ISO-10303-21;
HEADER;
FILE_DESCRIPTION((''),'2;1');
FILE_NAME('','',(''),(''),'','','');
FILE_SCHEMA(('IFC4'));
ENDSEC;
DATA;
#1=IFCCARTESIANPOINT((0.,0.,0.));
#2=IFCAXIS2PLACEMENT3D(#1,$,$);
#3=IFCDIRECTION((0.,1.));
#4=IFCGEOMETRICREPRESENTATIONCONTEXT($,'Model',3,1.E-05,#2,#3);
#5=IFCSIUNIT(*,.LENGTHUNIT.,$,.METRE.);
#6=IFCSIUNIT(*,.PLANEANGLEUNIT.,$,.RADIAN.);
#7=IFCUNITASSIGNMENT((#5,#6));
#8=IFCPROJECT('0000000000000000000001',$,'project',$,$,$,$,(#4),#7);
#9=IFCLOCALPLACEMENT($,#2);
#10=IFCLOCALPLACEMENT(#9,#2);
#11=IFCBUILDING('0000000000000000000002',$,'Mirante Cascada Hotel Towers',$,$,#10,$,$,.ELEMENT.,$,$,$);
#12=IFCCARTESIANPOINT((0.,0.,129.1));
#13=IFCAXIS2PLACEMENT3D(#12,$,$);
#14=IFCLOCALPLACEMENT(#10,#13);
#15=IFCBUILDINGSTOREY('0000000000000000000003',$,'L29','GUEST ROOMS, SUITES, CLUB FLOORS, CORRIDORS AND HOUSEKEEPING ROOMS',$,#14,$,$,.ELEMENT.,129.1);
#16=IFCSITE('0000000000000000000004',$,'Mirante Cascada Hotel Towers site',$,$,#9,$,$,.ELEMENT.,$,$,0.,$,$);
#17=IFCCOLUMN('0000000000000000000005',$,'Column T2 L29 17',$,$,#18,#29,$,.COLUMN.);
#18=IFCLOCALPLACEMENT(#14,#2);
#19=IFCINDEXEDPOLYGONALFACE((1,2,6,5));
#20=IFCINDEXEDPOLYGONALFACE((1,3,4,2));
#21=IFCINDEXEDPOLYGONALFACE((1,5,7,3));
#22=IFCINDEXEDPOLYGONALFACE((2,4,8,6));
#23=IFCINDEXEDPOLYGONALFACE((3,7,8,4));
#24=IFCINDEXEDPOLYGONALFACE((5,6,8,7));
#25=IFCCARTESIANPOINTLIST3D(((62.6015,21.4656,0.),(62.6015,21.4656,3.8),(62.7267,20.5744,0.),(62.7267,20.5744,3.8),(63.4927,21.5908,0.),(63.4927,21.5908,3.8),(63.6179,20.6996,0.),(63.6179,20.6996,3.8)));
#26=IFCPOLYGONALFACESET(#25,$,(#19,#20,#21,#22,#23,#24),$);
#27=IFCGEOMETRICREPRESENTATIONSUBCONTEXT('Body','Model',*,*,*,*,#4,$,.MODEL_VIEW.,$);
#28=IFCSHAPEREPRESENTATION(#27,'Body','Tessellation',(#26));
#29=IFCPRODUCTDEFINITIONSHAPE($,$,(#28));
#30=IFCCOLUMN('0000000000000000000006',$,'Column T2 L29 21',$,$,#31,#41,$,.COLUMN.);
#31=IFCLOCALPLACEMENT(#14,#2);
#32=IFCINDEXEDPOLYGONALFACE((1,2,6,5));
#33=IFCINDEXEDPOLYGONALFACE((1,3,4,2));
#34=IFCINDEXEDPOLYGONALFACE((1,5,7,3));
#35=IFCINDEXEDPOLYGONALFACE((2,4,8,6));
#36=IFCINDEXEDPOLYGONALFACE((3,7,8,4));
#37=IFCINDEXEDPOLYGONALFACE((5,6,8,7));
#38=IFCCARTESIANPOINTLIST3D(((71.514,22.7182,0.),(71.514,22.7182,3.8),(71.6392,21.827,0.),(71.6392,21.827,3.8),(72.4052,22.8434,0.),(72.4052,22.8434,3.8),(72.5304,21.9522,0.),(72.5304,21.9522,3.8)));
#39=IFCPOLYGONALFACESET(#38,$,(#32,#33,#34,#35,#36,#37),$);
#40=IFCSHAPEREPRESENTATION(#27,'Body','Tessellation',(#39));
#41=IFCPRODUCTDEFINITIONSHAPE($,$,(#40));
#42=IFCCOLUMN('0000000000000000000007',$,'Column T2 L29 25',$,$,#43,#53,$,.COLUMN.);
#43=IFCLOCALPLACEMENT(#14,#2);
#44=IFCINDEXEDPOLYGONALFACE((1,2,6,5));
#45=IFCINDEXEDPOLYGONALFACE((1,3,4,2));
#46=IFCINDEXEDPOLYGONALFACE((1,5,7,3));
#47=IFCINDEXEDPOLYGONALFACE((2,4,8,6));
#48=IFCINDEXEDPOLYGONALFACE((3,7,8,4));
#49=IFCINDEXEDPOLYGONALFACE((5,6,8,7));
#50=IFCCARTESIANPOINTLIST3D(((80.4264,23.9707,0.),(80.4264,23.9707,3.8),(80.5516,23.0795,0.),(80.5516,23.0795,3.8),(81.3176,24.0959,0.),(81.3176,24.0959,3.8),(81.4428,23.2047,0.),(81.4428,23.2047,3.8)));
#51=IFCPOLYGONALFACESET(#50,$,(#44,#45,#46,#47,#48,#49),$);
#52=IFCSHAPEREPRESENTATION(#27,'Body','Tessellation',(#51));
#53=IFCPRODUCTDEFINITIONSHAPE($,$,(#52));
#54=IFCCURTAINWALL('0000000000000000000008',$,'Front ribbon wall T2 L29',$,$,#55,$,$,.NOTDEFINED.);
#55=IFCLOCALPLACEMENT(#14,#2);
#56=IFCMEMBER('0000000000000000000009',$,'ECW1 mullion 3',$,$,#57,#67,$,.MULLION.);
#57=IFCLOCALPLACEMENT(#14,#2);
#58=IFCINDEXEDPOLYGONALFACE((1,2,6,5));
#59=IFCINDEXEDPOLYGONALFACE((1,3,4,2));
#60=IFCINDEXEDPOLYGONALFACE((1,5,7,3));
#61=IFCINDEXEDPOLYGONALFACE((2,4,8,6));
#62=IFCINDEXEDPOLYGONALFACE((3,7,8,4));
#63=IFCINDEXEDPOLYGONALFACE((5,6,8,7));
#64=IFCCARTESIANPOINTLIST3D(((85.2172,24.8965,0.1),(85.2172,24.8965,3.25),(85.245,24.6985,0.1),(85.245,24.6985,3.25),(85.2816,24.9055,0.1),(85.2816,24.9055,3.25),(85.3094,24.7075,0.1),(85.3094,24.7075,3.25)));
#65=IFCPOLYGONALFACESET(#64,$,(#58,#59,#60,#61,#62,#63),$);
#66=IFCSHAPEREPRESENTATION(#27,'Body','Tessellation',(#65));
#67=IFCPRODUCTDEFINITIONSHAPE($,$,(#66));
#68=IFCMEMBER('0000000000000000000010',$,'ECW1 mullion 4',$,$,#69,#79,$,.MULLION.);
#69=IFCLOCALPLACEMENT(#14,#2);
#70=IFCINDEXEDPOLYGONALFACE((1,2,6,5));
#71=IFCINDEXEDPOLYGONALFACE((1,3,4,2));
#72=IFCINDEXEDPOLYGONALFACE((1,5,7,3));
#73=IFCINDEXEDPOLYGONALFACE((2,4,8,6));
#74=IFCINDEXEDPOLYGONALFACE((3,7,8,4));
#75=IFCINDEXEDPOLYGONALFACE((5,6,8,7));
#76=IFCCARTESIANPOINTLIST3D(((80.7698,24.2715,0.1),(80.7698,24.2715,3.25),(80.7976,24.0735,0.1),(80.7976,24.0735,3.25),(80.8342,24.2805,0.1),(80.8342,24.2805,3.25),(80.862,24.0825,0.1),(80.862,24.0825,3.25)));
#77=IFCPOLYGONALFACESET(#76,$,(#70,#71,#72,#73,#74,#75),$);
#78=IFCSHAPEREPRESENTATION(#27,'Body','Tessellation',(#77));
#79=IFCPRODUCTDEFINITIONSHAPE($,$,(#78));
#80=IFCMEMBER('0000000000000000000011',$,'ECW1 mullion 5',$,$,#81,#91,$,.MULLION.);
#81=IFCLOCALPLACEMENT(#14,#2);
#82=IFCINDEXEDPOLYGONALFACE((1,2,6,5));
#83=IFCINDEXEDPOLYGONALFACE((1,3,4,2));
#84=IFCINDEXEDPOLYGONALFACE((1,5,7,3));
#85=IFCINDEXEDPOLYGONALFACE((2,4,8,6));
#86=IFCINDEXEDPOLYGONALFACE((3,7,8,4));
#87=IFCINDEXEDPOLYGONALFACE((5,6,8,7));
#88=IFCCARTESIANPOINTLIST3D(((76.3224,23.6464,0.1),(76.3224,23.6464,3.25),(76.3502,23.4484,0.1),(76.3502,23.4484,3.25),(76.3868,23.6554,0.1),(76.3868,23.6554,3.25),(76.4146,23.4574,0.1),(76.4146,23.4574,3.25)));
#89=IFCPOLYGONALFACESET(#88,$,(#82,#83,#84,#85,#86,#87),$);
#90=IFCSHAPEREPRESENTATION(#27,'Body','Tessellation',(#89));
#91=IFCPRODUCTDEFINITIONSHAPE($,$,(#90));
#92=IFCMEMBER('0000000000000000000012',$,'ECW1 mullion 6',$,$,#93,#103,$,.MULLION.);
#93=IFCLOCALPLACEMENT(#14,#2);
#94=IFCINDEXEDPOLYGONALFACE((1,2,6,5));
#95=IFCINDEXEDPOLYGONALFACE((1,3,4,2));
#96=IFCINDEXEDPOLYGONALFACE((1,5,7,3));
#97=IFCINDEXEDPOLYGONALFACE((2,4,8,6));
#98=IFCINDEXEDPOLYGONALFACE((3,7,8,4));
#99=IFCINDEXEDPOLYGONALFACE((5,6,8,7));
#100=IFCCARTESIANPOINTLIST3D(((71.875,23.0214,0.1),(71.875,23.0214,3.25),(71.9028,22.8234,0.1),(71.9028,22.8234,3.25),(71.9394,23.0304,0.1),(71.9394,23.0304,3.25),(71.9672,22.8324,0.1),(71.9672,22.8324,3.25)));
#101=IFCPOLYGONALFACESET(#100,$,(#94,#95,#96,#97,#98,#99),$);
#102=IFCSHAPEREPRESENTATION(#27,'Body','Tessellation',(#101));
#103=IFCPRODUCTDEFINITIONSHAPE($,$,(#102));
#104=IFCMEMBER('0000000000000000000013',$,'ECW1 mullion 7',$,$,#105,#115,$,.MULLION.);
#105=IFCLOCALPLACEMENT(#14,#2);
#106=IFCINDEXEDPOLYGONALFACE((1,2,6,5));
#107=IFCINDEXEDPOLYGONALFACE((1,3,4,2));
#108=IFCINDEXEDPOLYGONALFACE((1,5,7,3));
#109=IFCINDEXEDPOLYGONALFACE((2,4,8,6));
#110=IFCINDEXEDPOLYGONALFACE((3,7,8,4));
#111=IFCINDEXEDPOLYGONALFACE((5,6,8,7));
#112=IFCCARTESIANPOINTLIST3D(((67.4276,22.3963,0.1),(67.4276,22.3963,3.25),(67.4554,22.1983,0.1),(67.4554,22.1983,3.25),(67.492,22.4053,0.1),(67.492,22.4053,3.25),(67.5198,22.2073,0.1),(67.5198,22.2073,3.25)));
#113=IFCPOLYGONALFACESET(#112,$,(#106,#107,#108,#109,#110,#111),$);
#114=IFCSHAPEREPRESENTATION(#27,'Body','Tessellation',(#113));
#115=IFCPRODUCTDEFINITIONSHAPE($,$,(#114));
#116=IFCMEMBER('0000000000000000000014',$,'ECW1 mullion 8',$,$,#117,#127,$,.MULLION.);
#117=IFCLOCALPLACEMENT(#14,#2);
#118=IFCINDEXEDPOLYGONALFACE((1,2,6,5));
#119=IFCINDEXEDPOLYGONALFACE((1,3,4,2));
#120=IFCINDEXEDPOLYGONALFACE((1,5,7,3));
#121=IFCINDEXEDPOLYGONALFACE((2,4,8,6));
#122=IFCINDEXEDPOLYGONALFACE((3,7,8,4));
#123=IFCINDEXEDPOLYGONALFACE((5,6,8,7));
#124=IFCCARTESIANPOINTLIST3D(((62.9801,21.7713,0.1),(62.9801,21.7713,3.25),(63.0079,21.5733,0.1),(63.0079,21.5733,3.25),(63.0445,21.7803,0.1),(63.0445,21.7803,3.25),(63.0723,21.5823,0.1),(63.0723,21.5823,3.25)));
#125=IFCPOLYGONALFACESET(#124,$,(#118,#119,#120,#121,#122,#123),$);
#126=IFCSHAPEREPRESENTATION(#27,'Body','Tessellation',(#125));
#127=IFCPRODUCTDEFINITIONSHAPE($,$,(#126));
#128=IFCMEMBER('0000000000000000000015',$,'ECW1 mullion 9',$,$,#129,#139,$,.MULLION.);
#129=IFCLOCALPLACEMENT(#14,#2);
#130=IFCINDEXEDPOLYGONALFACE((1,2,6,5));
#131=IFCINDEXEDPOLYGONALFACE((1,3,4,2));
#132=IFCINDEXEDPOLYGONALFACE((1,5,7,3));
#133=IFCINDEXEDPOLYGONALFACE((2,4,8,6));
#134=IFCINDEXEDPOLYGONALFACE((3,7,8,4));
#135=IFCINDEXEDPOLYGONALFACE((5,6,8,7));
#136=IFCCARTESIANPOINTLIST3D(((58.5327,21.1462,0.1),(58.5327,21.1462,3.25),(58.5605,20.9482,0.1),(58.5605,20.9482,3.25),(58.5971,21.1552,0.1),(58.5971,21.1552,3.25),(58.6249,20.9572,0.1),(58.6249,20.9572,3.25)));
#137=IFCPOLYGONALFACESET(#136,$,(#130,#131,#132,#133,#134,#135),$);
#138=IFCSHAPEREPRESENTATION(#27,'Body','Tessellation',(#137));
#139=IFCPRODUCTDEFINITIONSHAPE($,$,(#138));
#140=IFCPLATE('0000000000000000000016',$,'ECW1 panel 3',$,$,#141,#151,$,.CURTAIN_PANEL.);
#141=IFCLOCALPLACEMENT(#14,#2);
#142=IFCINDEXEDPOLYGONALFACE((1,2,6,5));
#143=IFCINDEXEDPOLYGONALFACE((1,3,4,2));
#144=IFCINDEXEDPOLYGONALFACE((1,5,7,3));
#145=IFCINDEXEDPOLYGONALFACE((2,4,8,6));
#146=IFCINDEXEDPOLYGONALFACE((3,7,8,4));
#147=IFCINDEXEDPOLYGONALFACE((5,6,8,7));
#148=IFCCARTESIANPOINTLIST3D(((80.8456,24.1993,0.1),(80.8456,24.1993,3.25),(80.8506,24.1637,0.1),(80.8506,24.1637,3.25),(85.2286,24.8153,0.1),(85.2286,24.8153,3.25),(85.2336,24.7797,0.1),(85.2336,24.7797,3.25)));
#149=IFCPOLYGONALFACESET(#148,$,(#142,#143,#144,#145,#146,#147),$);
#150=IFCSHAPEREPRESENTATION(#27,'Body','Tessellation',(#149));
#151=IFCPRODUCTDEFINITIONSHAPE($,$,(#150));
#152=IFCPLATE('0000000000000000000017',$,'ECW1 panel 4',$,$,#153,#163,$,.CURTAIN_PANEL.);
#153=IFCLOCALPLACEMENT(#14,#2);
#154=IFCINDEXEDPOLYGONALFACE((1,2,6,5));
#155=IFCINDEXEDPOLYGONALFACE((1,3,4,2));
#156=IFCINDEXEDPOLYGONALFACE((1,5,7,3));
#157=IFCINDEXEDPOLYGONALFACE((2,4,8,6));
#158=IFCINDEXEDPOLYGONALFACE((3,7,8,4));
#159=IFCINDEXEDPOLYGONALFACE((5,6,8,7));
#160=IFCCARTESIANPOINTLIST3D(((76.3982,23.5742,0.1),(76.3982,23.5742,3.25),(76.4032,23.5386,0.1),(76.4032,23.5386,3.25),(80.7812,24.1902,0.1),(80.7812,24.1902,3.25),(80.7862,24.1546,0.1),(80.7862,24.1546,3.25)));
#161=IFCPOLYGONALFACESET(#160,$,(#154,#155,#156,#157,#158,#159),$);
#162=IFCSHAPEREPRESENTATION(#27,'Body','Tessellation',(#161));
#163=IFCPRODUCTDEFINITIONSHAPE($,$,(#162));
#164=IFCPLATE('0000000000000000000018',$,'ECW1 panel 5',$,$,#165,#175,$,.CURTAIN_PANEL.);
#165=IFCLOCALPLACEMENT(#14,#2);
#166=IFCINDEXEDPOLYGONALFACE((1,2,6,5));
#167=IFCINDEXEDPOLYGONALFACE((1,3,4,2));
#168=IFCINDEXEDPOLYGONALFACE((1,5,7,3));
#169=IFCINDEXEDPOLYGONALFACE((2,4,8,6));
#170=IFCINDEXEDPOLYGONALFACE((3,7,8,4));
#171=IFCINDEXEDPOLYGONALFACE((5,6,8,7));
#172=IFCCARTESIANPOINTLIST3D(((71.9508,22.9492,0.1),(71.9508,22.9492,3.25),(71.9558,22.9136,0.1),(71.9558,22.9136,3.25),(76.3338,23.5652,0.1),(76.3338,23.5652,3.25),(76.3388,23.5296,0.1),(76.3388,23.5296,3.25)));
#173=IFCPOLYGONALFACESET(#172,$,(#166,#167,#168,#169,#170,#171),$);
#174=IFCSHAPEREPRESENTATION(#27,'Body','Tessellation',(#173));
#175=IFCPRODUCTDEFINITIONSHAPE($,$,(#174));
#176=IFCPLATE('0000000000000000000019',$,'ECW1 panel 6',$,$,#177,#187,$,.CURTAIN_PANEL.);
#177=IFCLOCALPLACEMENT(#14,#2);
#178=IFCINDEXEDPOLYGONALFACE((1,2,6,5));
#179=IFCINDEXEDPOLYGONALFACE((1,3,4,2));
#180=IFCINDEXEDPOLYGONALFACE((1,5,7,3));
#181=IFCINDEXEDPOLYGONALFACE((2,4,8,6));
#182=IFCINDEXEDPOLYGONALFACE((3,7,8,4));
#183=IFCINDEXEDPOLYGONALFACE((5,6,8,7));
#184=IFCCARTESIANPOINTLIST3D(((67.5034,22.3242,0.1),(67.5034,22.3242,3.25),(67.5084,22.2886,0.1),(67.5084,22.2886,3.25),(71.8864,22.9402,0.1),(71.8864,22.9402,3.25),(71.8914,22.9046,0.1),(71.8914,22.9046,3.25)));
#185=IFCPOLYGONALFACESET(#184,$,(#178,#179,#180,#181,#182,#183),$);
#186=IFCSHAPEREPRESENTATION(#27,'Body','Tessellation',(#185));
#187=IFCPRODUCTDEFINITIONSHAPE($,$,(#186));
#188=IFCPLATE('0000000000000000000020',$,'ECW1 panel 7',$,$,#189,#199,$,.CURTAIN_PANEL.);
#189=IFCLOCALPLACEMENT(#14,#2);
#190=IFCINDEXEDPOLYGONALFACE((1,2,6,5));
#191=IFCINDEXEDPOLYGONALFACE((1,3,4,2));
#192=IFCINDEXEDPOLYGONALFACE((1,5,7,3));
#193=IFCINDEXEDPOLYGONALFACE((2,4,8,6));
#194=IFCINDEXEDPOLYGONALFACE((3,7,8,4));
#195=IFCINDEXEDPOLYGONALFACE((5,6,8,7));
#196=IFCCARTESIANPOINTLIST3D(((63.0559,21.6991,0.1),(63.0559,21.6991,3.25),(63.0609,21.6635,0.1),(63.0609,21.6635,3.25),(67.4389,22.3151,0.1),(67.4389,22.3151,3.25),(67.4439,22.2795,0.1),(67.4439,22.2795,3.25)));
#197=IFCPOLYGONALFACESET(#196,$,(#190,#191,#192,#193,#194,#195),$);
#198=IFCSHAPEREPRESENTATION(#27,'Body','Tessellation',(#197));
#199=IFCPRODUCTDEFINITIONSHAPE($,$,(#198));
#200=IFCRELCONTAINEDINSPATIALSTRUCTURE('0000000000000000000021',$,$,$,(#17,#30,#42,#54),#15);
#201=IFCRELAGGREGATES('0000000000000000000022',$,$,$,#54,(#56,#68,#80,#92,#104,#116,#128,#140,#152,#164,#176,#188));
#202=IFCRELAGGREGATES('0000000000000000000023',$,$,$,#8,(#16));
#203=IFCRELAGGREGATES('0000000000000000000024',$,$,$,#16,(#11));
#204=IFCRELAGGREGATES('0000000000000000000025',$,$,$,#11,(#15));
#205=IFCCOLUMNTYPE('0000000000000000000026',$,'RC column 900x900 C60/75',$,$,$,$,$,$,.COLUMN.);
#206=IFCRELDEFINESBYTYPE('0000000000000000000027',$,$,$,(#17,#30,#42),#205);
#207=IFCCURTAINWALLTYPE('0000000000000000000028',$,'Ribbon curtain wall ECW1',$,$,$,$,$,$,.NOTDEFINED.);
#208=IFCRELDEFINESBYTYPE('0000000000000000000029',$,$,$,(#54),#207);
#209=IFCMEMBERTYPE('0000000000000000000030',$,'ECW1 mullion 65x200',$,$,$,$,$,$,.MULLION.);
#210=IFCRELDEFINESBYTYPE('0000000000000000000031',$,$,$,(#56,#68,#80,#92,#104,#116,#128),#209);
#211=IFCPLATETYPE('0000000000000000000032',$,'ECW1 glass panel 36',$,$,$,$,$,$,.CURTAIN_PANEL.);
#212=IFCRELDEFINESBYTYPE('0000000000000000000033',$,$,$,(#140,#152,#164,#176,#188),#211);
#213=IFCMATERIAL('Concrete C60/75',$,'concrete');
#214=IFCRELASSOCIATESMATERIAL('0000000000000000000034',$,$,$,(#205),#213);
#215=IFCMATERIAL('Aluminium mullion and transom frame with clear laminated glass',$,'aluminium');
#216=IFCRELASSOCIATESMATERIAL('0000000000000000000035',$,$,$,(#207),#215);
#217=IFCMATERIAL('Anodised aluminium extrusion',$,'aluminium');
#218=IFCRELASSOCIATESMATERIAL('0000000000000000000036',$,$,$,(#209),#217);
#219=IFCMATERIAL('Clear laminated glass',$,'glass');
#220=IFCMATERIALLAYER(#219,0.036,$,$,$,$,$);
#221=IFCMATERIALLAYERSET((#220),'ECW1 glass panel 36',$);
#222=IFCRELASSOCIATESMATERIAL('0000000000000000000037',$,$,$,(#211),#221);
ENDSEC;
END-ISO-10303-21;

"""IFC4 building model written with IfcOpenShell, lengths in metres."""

from ifc_helpers import new_model, si_unit, direction, frame, origin, origin_2d, place, context, subcontext, project, spatial, rectangle, extrude, material, layer, layer_set, material_profile, profile_set, type_object, element, aggregate, save


model = new_model("IFC4")

# Units and contexts
model_context = context("Model", 3, precision=1e-05, world=origin(), true_north=direction((0.0, 1.0)))
body_context = subcontext(model_context, "Body", "Model", "MODEL_VIEW")
ifc_project = project(units=[si_unit("LENGTHUNIT", "METRE"), si_unit("PLANEANGLEUNIT", "RADIAN")], contexts=[model_context])

# Site, building, storey
site_placement = place(None, origin())
site = spatial("IfcSite", under=ifc_project, at=site_placement, Name="Mirante Cascada Hotel Towers site", CompositionType="ELEMENT", RefElevation=0.0)
building_placement = place(site_placement, origin())
building = spatial("IfcBuilding", under=site, at=building_placement, Name="Mirante Cascada Hotel Towers", CompositionType="ELEMENT")
storey_placement = place(building_placement, frame((0.0, 0.0, 129.1)))
storey = spatial("IfcBuildingStorey", under=building, at=storey_placement, Name="L29", Description="GUEST ROOMS, SUITES, CLUB FLOORS, CORRIDORS AND HOUSEKEEPING ROOMS", CompositionType="ELEMENT", Elevation=129.1)

# Columns
ifc_material_1 = material(Name="Concrete C60/75", Category="concrete")
ifc_material_profile_1 = material_profile(ifc_material_1, rectangle(XDim=0.9, YDim=0.9, at=origin_2d()), Name="RC column 900x900 C60/75")
ifc_profile_set_1 = profile_set([ifc_material_profile_1], Name="Concrete C60/75")
column_type = type_object("IfcColumnType", Name="RC column 900x900 C60/75", PredefinedType="COLUMN", material=ifc_profile_set_1)
for number, where, z_axis, x_axis, name in (
    (1, (63.1097, 21.0826, 0.0), (0.0, 0.0, 1.0), (0.990268, 0.139173, 0.0), "Column T2 L29 17"),
    (2, (72.0222, 22.3352, 0.0), (0.0, 0.0, 1.0), (0.990268, 0.139173, 0.0), "Column T2 L29 21"),
    (3, (80.9346, 23.5877, 0.0), (0.0, 0.0, 1.0), (0.990268, 0.139173, 0.0), "Column T2 L29 25"),
):
    element("IfcColumn", number, at=place(storey_placement, frame(where, z_axis=z_axis, x_axis=x_axis)), inside=storey, type_object=column_type, Name=name, PredefinedType="COLUMN", context=body_context, shape_type="SweptSolid", body=[
        extrude(rectangle(XDim=0.9, YDim=0.9, at=origin_2d()), origin(), (0.0, 0.0, 1.0), 3.8),
    ])

# Curtain wall, members, plates
ifc_material_2 = material(Name="Aluminium mullion and transom frame with clear laminated glass", Category="aluminium")
curtain_wall_type = type_object("IfcCurtainWallType", Name="Ribbon curtain wall ECW1", PredefinedType="NOTDEFINED", material=ifc_material_2)
curtain_wall_placement = place(storey_placement, origin())
curtain_wall = element("IfcCurtainWall", 4, at=curtain_wall_placement, inside=storey, type_object=curtain_wall_type, Name="Front ribbon wall T2 L29", PredefinedType="NOTDEFINED")
ifc_material_3 = material(Name="Anodised aluminium extrusion", Category="aluminium")
ifc_material_profile_2 = material_profile(ifc_material_3, rectangle(XDim=0.2, YDim=0.065, at=origin_2d()), Name="ECW1 MULLION 65x200")
ifc_profile_set_2 = profile_set([ifc_material_profile_2], Name="Anodised aluminium extrusion")
member_type = type_object("IfcMemberType", Name="ECW1 mullion 65x200", PredefinedType="MULLION", material=ifc_profile_set_2)
member_1_placement = place(storey_placement, frame((85.2633, 24.802, 0.1), z_axis=(0.0, 0.0, 1.0), x_axis=(0.139173, -0.990268, 0.0)))
member_1 = element("IfcMember", 5, at=member_1_placement, type_object=member_type, Name="ECW1 mullion 3", PredefinedType="MULLION", context=body_context, shape_type="SweptSolid", body=[
    extrude(rectangle(XDim=0.2, YDim=0.065, at=origin_2d()), origin(), (0.0, 0.0, 1.0), 3.15),
])
member_2_placement = place(storey_placement, frame((80.8159, 24.177, 0.1), z_axis=(0.0, 0.0, 1.0), x_axis=(0.139173, -0.990268, 0.0)))
member_2 = element("IfcMember", 6, at=member_2_placement, type_object=member_type, Name="ECW1 mullion 4", PredefinedType="MULLION", context=body_context, shape_type="SweptSolid", body=[
    extrude(rectangle(XDim=0.2, YDim=0.065, at=origin_2d()), origin(), (0.0, 0.0, 1.0), 3.15),
])
member_3_placement = place(storey_placement, frame((76.3685, 23.5519, 0.1), z_axis=(0.0, 0.0, 1.0), x_axis=(0.139173, -0.990268, 0.0)))
member_3 = element("IfcMember", 7, at=member_3_placement, type_object=member_type, Name="ECW1 mullion 5", PredefinedType="MULLION", context=body_context, shape_type="SweptSolid", body=[
    extrude(rectangle(XDim=0.2, YDim=0.065, at=origin_2d()), origin(), (0.0, 0.0, 1.0), 3.15),
])
member_4_placement = place(storey_placement, frame((71.9211, 22.9269, 0.1), z_axis=(0.0, 0.0, 1.0), x_axis=(0.139173, -0.990268, 0.0)))
member_4 = element("IfcMember", 8, at=member_4_placement, type_object=member_type, Name="ECW1 mullion 6", PredefinedType="MULLION", context=body_context, shape_type="SweptSolid", body=[
    extrude(rectangle(XDim=0.2, YDim=0.065, at=origin_2d()), origin(), (0.0, 0.0, 1.0), 3.15),
])
member_5_placement = place(storey_placement, frame((67.4737, 22.3018, 0.1), z_axis=(0.0, 0.0, 1.0), x_axis=(0.139173, -0.990268, 0.0)))
member_5 = element("IfcMember", 9, at=member_5_placement, type_object=member_type, Name="ECW1 mullion 7", PredefinedType="MULLION", context=body_context, shape_type="SweptSolid", body=[
    extrude(rectangle(XDim=0.2, YDim=0.065, at=origin_2d()), origin(), (0.0, 0.0, 1.0), 3.15),
])
member_6_placement = place(storey_placement, frame((63.0262, 21.6768, 0.1), z_axis=(0.0, 0.0, 1.0), x_axis=(0.139173, -0.990268, 0.0)))
member_6 = element("IfcMember", 10, at=member_6_placement, type_object=member_type, Name="ECW1 mullion 8", PredefinedType="MULLION", context=body_context, shape_type="SweptSolid", body=[
    extrude(rectangle(XDim=0.2, YDim=0.065, at=origin_2d()), origin(), (0.0, 0.0, 1.0), 3.15),
])
member_7_placement = place(storey_placement, frame((58.5788, 21.0517, 0.1), z_axis=(0.0, 0.0, 1.0), x_axis=(0.139173, -0.990268, 0.0)))
member_7 = element("IfcMember", 11, at=member_7_placement, type_object=member_type, Name="ECW1 mullion 9", PredefinedType="MULLION", context=body_context, shape_type="SweptSolid", body=[
    extrude(rectangle(XDim=0.2, YDim=0.065, at=origin_2d()), origin(), (0.0, 0.0, 1.0), 3.15),
])
ifc_material_4 = material(Name="Clear laminated glass", Category="glass")
ifc_layer_1 = layer(ifc_material_4, 0.036)
ifc_layer_set_1 = layer_set([ifc_layer_1], Name="ECW1 glass panel 36")
plate_type = type_object("IfcPlateType", Name="ECW1 glass panel 36", PredefinedType="CURTAIN_PANEL", material=ifc_layer_set_1)
plate_1_placement = place(storey_placement, frame((83.0396, 24.4895, 0.1), z_axis=(0.0, 0.0, 1.0), x_axis=(-0.990268, -0.139173, 0.0)))
plate_1 = element("IfcPlate", 12, at=plate_1_placement, type_object=plate_type, Name="ECW1 panel 3", PredefinedType="CURTAIN_PANEL", context=body_context, shape_type="SweptSolid", body=[
    extrude(rectangle(XDim=4.4261, YDim=0.036, at=origin_2d()), origin(), (0.0, 0.0, 1.0), 3.15),
])
plate_2_placement = place(storey_placement, frame((78.5922, 23.8644, 0.1), z_axis=(0.0, 0.0, 1.0), x_axis=(-0.990268, -0.139173, 0.0)))
plate_2 = element("IfcPlate", 13, at=plate_2_placement, type_object=plate_type, Name="ECW1 panel 4", PredefinedType="CURTAIN_PANEL", context=body_context, shape_type="SweptSolid", body=[
    extrude(rectangle(XDim=4.4261, YDim=0.036, at=origin_2d()), origin(), (0.0, 0.0, 1.0), 3.15),
])
plate_3_placement = place(storey_placement, frame((74.1448, 23.2394, 0.1), z_axis=(0.0, 0.0, 1.0), x_axis=(-0.990268, -0.139173, 0.0)))
plate_3 = element("IfcPlate", 14, at=plate_3_placement, type_object=plate_type, Name="ECW1 panel 5", PredefinedType="CURTAIN_PANEL", context=body_context, shape_type="SweptSolid", body=[
    extrude(rectangle(XDim=4.4261, YDim=0.036, at=origin_2d()), origin(), (0.0, 0.0, 1.0), 3.15),
])
plate_4_placement = place(storey_placement, frame((69.6974, 22.6144, 0.1), z_axis=(0.0, 0.0, 1.0), x_axis=(-0.990268, -0.139173, 0.0)))
plate_4 = element("IfcPlate", 15, at=plate_4_placement, type_object=plate_type, Name="ECW1 panel 6", PredefinedType="CURTAIN_PANEL", context=body_context, shape_type="SweptSolid", body=[
    extrude(rectangle(XDim=4.4261, YDim=0.036, at=origin_2d()), origin(), (0.0, 0.0, 1.0), 3.15),
])
plate_5_placement = place(storey_placement, frame((65.2499, 21.9893, 0.1), z_axis=(0.0, 0.0, 1.0), x_axis=(-0.990268, -0.139173, 0.0)))
plate_5 = element("IfcPlate", 16, at=plate_5_placement, type_object=plate_type, Name="ECW1 panel 7", PredefinedType="CURTAIN_PANEL", context=body_context, shape_type="SweptSolid", body=[
    extrude(rectangle(XDim=4.4261, YDim=0.036, at=origin_2d()), origin(), (0.0, 0.0, 1.0), 3.15),
])
aggregate(curtain_wall, [member_1, member_2, member_3, member_4, member_5, member_6, member_7, plate_1, plate_2, plate_3, plate_4, plate_5])

save(model, "model.ifc")
